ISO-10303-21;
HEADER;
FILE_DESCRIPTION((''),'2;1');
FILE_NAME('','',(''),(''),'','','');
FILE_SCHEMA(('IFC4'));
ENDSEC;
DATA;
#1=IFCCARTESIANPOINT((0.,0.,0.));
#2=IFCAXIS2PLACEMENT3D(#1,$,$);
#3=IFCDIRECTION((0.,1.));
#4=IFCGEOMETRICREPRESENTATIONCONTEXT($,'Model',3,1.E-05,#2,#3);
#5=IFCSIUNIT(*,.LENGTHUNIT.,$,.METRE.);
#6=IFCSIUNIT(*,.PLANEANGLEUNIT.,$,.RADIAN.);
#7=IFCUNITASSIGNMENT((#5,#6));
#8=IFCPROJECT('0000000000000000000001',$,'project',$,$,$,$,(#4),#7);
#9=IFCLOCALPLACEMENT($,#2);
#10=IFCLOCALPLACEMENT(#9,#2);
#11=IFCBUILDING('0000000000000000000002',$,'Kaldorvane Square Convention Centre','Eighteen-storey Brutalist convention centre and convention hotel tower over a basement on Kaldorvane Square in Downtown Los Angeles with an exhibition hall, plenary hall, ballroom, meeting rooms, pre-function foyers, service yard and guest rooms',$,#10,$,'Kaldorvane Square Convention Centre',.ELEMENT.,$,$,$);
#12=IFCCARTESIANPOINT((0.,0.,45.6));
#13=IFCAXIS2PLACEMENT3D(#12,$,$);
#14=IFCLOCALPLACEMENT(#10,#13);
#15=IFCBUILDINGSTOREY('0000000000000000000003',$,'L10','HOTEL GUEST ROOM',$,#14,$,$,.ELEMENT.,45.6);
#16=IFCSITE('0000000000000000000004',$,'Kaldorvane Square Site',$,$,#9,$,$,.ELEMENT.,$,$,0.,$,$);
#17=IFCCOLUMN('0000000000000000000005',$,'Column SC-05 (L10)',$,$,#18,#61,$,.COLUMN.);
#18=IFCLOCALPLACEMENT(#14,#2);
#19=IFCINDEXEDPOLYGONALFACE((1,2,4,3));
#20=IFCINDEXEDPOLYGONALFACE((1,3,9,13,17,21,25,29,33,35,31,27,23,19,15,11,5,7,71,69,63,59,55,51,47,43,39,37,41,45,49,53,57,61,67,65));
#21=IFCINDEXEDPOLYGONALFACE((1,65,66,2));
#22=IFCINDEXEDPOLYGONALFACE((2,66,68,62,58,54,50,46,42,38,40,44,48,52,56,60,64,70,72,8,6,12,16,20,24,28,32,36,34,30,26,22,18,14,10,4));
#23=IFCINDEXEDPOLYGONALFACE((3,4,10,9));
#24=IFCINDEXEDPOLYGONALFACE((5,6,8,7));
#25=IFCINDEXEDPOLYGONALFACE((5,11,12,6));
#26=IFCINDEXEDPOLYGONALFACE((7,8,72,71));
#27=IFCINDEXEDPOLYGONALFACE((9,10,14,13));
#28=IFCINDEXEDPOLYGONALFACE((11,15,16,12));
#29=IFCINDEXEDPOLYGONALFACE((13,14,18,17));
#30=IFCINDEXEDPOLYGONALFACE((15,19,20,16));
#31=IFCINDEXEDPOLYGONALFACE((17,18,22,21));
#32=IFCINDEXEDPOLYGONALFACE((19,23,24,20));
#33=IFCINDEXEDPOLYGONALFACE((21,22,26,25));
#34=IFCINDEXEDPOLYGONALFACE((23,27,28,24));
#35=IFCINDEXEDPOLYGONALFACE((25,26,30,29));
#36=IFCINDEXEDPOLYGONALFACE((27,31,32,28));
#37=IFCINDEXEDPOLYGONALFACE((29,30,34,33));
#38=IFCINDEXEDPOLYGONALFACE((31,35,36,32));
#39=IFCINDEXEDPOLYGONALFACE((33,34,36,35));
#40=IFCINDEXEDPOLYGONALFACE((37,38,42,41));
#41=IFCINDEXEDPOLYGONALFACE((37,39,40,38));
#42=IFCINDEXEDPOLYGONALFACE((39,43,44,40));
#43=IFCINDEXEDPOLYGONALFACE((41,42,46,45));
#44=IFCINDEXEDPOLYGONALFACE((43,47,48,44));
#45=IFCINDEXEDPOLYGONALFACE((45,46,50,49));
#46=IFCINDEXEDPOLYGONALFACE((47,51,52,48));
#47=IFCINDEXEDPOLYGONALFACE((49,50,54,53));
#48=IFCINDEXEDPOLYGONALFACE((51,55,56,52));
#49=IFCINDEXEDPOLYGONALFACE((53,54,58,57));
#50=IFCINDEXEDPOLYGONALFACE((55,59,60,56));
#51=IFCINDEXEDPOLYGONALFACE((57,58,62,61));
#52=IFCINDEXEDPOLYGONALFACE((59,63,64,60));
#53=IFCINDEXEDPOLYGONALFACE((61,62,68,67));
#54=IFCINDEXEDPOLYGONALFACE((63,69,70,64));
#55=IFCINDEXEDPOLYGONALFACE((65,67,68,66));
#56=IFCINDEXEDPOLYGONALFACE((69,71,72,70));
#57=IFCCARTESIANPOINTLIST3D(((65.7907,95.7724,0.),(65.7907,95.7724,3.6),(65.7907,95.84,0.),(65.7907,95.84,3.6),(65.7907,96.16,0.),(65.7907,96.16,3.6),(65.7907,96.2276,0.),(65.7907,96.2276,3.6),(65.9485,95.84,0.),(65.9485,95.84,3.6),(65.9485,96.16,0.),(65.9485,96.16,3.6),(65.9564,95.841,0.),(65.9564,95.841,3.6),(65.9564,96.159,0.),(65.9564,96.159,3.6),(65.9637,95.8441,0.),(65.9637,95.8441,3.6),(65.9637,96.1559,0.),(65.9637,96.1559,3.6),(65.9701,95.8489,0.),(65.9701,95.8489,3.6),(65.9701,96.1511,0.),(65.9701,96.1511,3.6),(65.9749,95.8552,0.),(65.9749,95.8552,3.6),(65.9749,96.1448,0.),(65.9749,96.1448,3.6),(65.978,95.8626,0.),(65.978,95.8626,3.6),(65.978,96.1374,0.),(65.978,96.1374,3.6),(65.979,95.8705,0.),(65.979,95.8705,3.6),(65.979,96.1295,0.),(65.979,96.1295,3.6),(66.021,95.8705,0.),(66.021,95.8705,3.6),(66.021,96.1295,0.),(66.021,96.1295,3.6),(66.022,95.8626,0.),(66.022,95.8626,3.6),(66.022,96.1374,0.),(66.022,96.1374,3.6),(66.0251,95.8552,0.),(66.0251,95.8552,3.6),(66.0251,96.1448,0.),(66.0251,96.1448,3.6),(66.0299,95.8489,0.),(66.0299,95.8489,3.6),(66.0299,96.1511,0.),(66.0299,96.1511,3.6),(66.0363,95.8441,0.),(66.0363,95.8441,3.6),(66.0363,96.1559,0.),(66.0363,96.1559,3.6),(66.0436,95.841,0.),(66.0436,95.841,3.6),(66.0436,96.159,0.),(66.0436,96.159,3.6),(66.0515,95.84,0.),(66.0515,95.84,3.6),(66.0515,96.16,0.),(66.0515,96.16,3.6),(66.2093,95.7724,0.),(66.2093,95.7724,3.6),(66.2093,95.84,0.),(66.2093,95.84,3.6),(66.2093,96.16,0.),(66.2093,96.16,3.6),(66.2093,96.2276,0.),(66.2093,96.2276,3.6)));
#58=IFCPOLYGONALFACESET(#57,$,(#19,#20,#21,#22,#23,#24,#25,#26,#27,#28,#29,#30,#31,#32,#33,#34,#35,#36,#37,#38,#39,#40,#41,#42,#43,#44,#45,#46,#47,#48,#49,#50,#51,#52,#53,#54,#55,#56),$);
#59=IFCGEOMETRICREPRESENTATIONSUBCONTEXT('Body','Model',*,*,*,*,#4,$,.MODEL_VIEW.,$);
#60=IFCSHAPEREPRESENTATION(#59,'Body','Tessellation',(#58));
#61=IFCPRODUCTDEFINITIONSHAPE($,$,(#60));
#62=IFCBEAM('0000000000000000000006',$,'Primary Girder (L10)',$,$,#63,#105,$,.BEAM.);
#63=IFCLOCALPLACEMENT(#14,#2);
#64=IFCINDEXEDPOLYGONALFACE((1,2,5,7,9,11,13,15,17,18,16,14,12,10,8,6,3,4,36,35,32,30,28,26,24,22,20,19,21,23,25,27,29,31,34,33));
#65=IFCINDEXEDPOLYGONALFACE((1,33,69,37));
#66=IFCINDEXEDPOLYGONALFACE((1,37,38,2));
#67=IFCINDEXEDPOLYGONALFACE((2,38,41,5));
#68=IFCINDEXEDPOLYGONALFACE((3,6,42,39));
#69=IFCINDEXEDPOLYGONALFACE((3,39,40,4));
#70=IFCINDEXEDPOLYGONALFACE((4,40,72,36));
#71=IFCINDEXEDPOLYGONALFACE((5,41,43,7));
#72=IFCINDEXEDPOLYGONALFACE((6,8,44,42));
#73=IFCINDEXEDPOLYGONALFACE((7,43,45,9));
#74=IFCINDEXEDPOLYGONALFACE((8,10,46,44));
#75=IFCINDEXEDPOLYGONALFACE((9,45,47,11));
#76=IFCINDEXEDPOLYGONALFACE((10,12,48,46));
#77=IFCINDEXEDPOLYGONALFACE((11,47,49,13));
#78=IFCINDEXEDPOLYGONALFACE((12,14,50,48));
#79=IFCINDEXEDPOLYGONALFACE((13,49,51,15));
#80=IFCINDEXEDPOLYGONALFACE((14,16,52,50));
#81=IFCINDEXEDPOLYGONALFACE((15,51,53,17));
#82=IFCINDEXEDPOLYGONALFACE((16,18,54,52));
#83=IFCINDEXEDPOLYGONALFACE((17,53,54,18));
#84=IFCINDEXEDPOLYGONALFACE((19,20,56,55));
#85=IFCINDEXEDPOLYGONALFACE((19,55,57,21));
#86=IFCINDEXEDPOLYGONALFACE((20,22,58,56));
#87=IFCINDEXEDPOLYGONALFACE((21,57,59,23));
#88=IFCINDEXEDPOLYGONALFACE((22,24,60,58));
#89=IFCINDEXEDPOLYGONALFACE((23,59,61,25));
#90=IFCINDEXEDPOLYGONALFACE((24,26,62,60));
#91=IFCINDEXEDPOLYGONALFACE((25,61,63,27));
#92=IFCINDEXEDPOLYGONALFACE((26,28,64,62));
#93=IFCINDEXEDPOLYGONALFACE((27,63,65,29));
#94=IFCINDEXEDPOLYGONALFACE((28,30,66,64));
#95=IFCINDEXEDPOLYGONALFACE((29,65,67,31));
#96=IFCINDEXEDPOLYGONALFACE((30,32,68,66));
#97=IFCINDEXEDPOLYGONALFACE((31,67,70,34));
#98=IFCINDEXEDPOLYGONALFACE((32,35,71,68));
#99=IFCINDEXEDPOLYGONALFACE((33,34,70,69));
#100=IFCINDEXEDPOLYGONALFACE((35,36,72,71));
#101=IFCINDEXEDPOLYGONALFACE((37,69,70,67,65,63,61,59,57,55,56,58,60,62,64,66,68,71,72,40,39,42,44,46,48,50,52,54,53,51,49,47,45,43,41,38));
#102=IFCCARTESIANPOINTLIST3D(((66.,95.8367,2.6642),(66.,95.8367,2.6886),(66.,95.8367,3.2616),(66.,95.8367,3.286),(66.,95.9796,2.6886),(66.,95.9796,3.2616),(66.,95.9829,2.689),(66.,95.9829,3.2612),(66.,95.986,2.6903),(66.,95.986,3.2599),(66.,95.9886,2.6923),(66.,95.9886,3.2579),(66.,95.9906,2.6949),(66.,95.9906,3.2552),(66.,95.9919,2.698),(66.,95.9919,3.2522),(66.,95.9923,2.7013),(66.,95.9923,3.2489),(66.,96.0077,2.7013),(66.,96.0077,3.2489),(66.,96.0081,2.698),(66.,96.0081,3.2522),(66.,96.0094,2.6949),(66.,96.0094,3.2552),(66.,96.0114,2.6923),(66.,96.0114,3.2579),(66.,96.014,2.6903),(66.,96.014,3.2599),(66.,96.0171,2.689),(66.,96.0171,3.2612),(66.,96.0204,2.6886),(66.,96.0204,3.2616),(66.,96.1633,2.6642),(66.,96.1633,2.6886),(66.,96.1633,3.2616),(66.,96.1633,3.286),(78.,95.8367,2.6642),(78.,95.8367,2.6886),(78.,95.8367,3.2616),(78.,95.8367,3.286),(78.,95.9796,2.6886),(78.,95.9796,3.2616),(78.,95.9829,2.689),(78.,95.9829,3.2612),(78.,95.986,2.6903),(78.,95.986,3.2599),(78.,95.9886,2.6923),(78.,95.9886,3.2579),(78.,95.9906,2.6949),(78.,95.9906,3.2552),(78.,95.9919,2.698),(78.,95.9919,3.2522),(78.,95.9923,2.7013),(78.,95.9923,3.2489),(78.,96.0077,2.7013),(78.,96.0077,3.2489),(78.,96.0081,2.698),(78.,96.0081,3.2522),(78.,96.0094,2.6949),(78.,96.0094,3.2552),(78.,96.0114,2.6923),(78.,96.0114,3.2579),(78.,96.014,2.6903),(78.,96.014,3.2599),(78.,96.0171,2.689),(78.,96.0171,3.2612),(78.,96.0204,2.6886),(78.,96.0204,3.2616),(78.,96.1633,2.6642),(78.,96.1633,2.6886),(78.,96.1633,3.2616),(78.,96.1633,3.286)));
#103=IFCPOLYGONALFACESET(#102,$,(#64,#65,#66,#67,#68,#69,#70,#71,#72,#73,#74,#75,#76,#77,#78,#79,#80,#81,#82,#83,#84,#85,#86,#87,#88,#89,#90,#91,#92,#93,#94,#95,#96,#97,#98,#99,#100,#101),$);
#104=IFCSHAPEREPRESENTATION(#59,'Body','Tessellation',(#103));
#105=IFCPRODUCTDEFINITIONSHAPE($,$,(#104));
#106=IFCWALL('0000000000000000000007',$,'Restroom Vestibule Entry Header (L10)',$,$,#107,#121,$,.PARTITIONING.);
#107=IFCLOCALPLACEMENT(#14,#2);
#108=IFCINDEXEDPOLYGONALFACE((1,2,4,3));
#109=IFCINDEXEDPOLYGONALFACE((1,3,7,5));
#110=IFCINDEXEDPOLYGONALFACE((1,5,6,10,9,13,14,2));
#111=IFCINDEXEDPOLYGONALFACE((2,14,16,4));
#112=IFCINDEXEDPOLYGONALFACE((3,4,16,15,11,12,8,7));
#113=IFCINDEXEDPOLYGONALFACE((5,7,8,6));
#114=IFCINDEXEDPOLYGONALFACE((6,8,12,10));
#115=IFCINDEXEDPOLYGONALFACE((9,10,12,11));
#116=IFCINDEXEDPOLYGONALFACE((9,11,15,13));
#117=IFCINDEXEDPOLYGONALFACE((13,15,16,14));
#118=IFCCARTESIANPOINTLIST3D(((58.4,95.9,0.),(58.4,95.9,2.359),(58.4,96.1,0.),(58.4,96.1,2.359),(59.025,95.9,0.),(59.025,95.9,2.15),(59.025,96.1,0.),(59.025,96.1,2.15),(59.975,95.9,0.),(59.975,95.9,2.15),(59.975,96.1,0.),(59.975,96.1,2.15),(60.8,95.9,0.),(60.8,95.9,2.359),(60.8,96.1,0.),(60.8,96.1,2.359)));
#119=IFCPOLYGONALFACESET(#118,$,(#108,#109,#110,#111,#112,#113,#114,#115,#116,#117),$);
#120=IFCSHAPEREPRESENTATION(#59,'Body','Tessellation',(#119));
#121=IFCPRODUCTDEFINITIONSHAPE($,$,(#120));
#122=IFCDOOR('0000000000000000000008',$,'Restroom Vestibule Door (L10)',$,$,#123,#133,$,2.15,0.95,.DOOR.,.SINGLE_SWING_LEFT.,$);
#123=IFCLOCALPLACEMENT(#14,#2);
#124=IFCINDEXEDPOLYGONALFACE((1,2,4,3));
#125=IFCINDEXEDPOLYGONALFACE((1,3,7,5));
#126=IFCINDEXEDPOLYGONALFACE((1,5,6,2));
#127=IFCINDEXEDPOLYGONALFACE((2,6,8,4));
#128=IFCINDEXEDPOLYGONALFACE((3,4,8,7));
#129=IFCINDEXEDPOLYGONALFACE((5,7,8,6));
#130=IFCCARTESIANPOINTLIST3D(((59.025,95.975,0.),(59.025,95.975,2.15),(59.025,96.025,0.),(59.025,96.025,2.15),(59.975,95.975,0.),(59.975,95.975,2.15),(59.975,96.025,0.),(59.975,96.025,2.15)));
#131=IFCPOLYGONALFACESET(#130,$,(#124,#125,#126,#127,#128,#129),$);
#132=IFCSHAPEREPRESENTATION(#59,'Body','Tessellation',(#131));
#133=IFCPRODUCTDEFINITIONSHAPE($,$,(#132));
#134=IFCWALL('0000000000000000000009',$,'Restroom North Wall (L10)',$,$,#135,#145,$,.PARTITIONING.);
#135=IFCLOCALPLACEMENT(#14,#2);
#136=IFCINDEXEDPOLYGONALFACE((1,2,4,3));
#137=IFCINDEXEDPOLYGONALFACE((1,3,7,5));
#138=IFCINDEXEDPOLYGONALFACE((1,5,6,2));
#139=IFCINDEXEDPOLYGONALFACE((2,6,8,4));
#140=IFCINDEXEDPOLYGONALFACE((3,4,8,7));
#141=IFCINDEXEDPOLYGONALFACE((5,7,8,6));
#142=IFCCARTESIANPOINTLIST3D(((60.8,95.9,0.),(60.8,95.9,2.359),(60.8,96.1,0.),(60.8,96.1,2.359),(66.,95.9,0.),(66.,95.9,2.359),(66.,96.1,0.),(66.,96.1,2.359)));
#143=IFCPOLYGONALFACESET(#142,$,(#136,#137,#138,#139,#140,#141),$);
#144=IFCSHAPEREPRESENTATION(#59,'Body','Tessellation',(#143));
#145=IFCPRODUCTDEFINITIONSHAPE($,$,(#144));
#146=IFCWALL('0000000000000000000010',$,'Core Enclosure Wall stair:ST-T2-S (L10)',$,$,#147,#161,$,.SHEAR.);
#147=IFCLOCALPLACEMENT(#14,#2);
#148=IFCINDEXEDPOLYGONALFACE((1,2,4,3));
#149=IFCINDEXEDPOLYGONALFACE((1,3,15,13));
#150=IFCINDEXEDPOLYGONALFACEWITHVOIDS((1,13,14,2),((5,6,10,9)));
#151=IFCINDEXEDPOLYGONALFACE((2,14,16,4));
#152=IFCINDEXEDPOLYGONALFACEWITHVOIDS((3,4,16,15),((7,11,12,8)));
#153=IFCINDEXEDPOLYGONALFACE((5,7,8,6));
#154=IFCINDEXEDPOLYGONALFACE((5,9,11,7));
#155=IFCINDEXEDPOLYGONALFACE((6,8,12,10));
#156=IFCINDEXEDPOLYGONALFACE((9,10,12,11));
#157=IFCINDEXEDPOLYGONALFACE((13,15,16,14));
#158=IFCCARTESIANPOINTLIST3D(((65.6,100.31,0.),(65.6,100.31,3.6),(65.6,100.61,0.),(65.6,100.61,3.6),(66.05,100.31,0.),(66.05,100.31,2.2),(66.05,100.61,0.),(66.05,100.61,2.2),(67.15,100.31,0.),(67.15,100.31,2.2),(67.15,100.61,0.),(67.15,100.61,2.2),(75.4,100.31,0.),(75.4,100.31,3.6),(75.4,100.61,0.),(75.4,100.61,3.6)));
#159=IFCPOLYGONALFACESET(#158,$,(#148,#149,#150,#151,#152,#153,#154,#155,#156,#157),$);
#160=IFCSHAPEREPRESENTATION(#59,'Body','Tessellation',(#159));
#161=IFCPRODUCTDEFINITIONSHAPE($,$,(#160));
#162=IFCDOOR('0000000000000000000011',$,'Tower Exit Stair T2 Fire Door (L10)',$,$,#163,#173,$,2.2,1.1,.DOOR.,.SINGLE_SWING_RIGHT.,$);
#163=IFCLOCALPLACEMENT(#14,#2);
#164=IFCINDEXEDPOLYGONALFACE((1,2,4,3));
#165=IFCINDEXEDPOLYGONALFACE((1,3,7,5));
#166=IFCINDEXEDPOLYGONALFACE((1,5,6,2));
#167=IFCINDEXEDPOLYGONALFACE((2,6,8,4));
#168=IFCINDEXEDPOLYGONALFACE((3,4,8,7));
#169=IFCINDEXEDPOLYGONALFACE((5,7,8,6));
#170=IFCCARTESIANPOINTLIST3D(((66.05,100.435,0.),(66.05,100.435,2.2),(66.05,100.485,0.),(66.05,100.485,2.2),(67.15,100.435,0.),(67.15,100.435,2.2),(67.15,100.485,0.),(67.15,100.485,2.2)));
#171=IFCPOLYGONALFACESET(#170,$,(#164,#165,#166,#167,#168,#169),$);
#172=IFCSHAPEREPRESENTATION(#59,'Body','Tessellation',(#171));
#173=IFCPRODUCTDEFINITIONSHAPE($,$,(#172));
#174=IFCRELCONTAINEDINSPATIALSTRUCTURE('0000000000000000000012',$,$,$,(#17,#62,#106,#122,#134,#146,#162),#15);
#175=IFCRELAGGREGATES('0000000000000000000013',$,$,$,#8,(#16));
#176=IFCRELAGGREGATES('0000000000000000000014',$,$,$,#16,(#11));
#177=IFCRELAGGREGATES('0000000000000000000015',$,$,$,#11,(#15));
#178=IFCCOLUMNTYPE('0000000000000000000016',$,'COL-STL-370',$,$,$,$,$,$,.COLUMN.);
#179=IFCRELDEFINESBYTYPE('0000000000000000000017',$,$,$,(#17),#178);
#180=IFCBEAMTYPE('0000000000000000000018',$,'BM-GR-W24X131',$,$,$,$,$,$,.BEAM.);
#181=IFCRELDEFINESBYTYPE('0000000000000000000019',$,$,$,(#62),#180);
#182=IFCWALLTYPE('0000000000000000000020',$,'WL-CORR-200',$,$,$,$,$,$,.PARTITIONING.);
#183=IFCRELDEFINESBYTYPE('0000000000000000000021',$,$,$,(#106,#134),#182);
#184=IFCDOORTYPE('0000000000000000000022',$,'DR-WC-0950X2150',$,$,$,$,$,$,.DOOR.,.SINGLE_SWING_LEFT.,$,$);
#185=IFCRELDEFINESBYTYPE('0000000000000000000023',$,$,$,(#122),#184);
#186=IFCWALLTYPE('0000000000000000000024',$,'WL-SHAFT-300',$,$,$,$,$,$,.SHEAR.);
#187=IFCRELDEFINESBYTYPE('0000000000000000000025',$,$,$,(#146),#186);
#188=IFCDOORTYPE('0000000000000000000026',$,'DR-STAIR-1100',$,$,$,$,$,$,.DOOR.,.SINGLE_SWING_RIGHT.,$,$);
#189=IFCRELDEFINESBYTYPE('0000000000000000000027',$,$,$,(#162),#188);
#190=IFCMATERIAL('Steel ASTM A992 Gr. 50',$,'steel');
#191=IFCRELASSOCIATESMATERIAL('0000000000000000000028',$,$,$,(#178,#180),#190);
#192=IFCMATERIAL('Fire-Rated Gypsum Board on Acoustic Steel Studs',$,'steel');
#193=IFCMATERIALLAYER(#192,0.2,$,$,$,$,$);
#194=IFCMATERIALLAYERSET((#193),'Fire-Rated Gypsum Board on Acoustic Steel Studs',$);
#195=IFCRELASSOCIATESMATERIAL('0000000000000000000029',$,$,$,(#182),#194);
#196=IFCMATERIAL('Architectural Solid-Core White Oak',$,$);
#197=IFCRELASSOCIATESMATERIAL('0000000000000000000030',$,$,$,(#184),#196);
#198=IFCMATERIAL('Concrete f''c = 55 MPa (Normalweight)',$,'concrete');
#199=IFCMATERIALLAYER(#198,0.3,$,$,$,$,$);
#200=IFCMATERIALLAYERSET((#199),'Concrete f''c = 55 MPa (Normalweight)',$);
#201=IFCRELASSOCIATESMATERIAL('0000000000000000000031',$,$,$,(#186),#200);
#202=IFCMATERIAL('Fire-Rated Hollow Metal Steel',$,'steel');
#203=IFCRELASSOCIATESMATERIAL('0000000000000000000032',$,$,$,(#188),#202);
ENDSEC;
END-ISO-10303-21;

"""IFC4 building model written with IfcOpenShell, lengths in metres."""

from ifc_helpers import new_model, si_unit, direction, frame, frame_2d, origin, origin_2d, place, context, subcontext, project, spatial, rectangle, i_section, extrude, material, layer, layer_set, material_profile, profile_set, type_object, element, fill, save


model = new_model("IFC4")

# Units and contexts
model_context = context("Model", 3, precision=1e-05, world=origin(), true_north=direction((0.0, 1.0)))
body_context = subcontext(model_context, "Body", "Model", "MODEL_VIEW")
ifc_project = project(units=[si_unit("LENGTHUNIT", "METRE"), si_unit("PLANEANGLEUNIT", "RADIAN")], contexts=[model_context])

# Site, building, storey
site_placement = place(None, origin())
site = spatial("IfcSite", under=ifc_project, at=site_placement, Name="Kaldorvane Square Site", CompositionType="ELEMENT", RefElevation=0.0)
building_placement = place(site_placement, origin())
building = spatial("IfcBuilding", under=site, at=building_placement, Name="Kaldorvane Square Convention Centre", Description="Eighteen-storey Brutalist convention centre and convention hotel tower over a basement on Kaldorvane Square in Downtown Los Angeles with an exhibition hall, plenary hall, ballroom, meeting rooms, pre-function foyers, service yard and guest rooms", LongName="Kaldorvane Square Convention Centre", CompositionType="ELEMENT")
storey_placement = place(building_placement, frame((0.0, 0.0, 45.6)))
storey = spatial("IfcBuildingStorey", under=building, at=storey_placement, Name="L10", Description="HOTEL GUEST ROOM", CompositionType="ELEMENT", Elevation=45.6)

# Column
ifc_material_1 = material(Name="Steel ASTM A992 Gr. 50", Category="steel")
ifc_material_profile_1 = material_profile(ifc_material_1, i_section(OverallWidth=0.4185, OverallDepth=0.4552, WebThickness=0.042, FlangeThickness=0.0676, FilletRadius=0.0305, at=origin_2d()), Name="W14X370")
ifc_profile_set_1 = profile_set([ifc_material_profile_1], Name="Steel ASTM A992 Gr. 50")
column_type = type_object("IfcColumnType", Name="COL-STL-370", PredefinedType="COLUMN", material=ifc_profile_set_1)
column_placement = place(storey_placement, frame((66.0, 96.0, 0.0), z_axis=(0.0, 0.0, 1.0), x_axis=(1.0, 0.0, 0.0)))
element("IfcColumn", 1, at=column_placement, inside=storey, type_object=column_type, Name="Column SC-05 (L10)", PredefinedType="COLUMN", context=body_context, shape_type="SweptSolid", body=[
    extrude(i_section(OverallWidth=0.4185, OverallDepth=0.4552, WebThickness=0.042, FlangeThickness=0.0676, FilletRadius=0.0305, at=origin_2d()), origin(), (0.0, 0.0, 1.0), 3.6),
])

# Beam
ifc_material_profile_2 = material_profile(ifc_material_1, i_section(OverallWidth=0.3265, OverallDepth=0.6218, WebThickness=0.0154, FlangeThickness=0.0244, FilletRadius=0.0127, at=origin_2d()), Name="W24X131")
ifc_profile_set_2 = profile_set([ifc_material_profile_2], Name="Steel ASTM A992 Gr. 50")
beam_type = type_object("IfcBeamType", Name="BM-GR-W24X131", PredefinedType="BEAM", material=ifc_profile_set_2)
beam_placement = place(storey_placement, frame((66.0, 96.0, 2.9751), z_axis=(1.0, 0.0, 0.0), x_axis=(0.0, 1.0, 0.0)))
element("IfcBeam", 2, at=beam_placement, inside=storey, type_object=beam_type, Name="Primary Girder (L10)", PredefinedType="BEAM", context=body_context, shape_type="SweptSolid", body=[
    extrude(i_section(OverallWidth=0.3265, OverallDepth=0.6218, WebThickness=0.0154, FlangeThickness=0.0244, FilletRadius=0.0127, at=origin_2d()), origin(), (0.0, 0.0, 1.0), 12.0),
])

# Wall, opening, door
ifc_material_2 = material(Name="Fire-Rated Gypsum Board on Acoustic Steel Studs", Category="steel")
ifc_layer_1 = layer(ifc_material_2, 0.2)
ifc_layer_set_1 = layer_set([ifc_layer_1], Name="Fire-Rated Gypsum Board on Acoustic Steel Studs")
wall_type_1 = type_object("IfcWallType", Name="WL-CORR-200", PredefinedType="PARTITIONING", material=ifc_layer_set_1)
wall_1_placement = place(storey_placement, frame((58.4, 96.0, 0.0), z_axis=(0.0, 0.0, 1.0), x_axis=(1.0, 0.0, 0.0)))
wall_1 = element("IfcWall", 3, at=wall_1_placement, inside=storey, type_object=wall_type_1, Name="Restroom Vestibule Entry Header (L10)", PredefinedType="PARTITIONING", context=body_context, shape_type="SweptSolid", body=[
    extrude(rectangle(XDim=2.4, YDim=0.2, at=frame_2d((1.2, 0.0))), origin(), (0.0, 0.0, 1.0), 2.359),
])
opening_1_placement = place(wall_1_placement, frame((0.625, 0.0, 0.0)))
opening_1 = element("IfcOpeningElement", 4, at=opening_1_placement, cuts=wall_1, PredefinedType="OPENING", context=body_context, shape_type="SweptSolid", body=[
    extrude(rectangle(XDim=0.95, YDim=2.15, at=frame_2d((0.475, 1.075))), frame((0.0, 0.115, 0.0), z_axis=(0.0, -1.0, 0.0), x_axis=(1.0, 0.0, 0.0)), (0.0, 0.0, 1.0), 0.23),
])
ifc_material_3 = material(Name="Architectural Solid-Core White Oak")
door_type_1 = type_object("IfcDoorType", Name="DR-WC-0950X2150", OperationType="SINGLE_SWING_LEFT", PredefinedType="DOOR", material=ifc_material_3)
door_1_placement = place(opening_1_placement, origin())
door_1 = element("IfcDoor", 5, at=door_1_placement, inside=storey, type_object=door_type_1, Name="Restroom Vestibule Door (L10)", OperationType="SINGLE_SWING_LEFT", OverallHeight=2.15, OverallWidth=0.95, PredefinedType="DOOR", context=body_context, shape_type="SweptSolid", body=[
    extrude(rectangle(XDim=0.95, YDim=2.15, at=frame_2d((0.475, 1.075))), frame((0.0, 0.025, 0.0), z_axis=(0.0, -1.0, 0.0), x_axis=(1.0, 0.0, 0.0)), (0.0, 0.0, 1.0), 0.05),
])
fill(opening_1, door_1)

# Wall
wall_2_placement = place(storey_placement, frame((60.8, 96.0, 0.0), z_axis=(0.0, 0.0, 1.0), x_axis=(1.0, 0.0, 0.0)))
element("IfcWall", 6, at=wall_2_placement, inside=storey, type_object=wall_type_1, Name="Restroom North Wall (L10)", PredefinedType="PARTITIONING", context=body_context, shape_type="SweptSolid", body=[
    extrude(rectangle(XDim=5.2, YDim=0.2, at=frame_2d((2.6, 0.0))), origin(), (0.0, 0.0, 1.0), 2.359),
])

# Wall, opening, door
ifc_material_4 = material(Name="Concrete f'c = 55 MPa (Normalweight)", Category="concrete")
ifc_layer_2 = layer(ifc_material_4, 0.3)
ifc_layer_set_2 = layer_set([ifc_layer_2], Name="Concrete f'c = 55 MPa (Normalweight)")
wall_type_2 = type_object("IfcWallType", Name="WL-SHAFT-300", PredefinedType="SHEAR", material=ifc_layer_set_2)
wall_3_placement = place(storey_placement, frame((65.6, 100.46, 0.0), z_axis=(0.0, 0.0, 1.0), x_axis=(1.0, 0.0, 0.0)))
wall_3 = element("IfcWall", 7, at=wall_3_placement, inside=storey, type_object=wall_type_2, Name="Core Enclosure Wall stair:ST-T2-S (L10)", PredefinedType="SHEAR", context=body_context, shape_type="SweptSolid", body=[
    extrude(rectangle(XDim=9.8, YDim=0.3, at=frame_2d((4.9, 0.0))), origin(), (0.0, 0.0, 1.0), 3.6),
])
opening_2_placement = place(wall_3_placement, frame((0.45, 0.0, 0.0)))
opening_2 = element("IfcOpeningElement", 8, at=opening_2_placement, cuts=wall_3, PredefinedType="OPENING", context=body_context, shape_type="SweptSolid", body=[
    extrude(rectangle(XDim=1.1, YDim=2.2, at=frame_2d((0.55, 1.1))), frame((0.0, 0.165, 0.0), z_axis=(0.0, -1.0, 0.0), x_axis=(1.0, 0.0, 0.0)), (0.0, 0.0, 1.0), 0.33),
])
ifc_material_5 = material(Name="Fire-Rated Hollow Metal Steel", Category="steel")
door_type_2 = type_object("IfcDoorType", Name="DR-STAIR-1100", OperationType="SINGLE_SWING_RIGHT", PredefinedType="DOOR", material=ifc_material_5)
door_2_placement = place(opening_2_placement, origin())
door_2 = element("IfcDoor", 9, at=door_2_placement, inside=storey, type_object=door_type_2, Name="Tower Exit Stair T2 Fire Door (L10)", OperationType="SINGLE_SWING_RIGHT", OverallHeight=2.2, OverallWidth=1.1, PredefinedType="DOOR", context=body_context, shape_type="SweptSolid", body=[
    extrude(rectangle(XDim=1.1, YDim=2.2, at=frame_2d((0.55, 1.1))), frame((0.0, 0.025, 0.0), z_axis=(0.0, -1.0, 0.0), x_axis=(1.0, 0.0, 0.0)), (0.0, 0.0, 1.0), 0.05),
])
fill(opening_2, door_2)

save(model, "model.ifc")
